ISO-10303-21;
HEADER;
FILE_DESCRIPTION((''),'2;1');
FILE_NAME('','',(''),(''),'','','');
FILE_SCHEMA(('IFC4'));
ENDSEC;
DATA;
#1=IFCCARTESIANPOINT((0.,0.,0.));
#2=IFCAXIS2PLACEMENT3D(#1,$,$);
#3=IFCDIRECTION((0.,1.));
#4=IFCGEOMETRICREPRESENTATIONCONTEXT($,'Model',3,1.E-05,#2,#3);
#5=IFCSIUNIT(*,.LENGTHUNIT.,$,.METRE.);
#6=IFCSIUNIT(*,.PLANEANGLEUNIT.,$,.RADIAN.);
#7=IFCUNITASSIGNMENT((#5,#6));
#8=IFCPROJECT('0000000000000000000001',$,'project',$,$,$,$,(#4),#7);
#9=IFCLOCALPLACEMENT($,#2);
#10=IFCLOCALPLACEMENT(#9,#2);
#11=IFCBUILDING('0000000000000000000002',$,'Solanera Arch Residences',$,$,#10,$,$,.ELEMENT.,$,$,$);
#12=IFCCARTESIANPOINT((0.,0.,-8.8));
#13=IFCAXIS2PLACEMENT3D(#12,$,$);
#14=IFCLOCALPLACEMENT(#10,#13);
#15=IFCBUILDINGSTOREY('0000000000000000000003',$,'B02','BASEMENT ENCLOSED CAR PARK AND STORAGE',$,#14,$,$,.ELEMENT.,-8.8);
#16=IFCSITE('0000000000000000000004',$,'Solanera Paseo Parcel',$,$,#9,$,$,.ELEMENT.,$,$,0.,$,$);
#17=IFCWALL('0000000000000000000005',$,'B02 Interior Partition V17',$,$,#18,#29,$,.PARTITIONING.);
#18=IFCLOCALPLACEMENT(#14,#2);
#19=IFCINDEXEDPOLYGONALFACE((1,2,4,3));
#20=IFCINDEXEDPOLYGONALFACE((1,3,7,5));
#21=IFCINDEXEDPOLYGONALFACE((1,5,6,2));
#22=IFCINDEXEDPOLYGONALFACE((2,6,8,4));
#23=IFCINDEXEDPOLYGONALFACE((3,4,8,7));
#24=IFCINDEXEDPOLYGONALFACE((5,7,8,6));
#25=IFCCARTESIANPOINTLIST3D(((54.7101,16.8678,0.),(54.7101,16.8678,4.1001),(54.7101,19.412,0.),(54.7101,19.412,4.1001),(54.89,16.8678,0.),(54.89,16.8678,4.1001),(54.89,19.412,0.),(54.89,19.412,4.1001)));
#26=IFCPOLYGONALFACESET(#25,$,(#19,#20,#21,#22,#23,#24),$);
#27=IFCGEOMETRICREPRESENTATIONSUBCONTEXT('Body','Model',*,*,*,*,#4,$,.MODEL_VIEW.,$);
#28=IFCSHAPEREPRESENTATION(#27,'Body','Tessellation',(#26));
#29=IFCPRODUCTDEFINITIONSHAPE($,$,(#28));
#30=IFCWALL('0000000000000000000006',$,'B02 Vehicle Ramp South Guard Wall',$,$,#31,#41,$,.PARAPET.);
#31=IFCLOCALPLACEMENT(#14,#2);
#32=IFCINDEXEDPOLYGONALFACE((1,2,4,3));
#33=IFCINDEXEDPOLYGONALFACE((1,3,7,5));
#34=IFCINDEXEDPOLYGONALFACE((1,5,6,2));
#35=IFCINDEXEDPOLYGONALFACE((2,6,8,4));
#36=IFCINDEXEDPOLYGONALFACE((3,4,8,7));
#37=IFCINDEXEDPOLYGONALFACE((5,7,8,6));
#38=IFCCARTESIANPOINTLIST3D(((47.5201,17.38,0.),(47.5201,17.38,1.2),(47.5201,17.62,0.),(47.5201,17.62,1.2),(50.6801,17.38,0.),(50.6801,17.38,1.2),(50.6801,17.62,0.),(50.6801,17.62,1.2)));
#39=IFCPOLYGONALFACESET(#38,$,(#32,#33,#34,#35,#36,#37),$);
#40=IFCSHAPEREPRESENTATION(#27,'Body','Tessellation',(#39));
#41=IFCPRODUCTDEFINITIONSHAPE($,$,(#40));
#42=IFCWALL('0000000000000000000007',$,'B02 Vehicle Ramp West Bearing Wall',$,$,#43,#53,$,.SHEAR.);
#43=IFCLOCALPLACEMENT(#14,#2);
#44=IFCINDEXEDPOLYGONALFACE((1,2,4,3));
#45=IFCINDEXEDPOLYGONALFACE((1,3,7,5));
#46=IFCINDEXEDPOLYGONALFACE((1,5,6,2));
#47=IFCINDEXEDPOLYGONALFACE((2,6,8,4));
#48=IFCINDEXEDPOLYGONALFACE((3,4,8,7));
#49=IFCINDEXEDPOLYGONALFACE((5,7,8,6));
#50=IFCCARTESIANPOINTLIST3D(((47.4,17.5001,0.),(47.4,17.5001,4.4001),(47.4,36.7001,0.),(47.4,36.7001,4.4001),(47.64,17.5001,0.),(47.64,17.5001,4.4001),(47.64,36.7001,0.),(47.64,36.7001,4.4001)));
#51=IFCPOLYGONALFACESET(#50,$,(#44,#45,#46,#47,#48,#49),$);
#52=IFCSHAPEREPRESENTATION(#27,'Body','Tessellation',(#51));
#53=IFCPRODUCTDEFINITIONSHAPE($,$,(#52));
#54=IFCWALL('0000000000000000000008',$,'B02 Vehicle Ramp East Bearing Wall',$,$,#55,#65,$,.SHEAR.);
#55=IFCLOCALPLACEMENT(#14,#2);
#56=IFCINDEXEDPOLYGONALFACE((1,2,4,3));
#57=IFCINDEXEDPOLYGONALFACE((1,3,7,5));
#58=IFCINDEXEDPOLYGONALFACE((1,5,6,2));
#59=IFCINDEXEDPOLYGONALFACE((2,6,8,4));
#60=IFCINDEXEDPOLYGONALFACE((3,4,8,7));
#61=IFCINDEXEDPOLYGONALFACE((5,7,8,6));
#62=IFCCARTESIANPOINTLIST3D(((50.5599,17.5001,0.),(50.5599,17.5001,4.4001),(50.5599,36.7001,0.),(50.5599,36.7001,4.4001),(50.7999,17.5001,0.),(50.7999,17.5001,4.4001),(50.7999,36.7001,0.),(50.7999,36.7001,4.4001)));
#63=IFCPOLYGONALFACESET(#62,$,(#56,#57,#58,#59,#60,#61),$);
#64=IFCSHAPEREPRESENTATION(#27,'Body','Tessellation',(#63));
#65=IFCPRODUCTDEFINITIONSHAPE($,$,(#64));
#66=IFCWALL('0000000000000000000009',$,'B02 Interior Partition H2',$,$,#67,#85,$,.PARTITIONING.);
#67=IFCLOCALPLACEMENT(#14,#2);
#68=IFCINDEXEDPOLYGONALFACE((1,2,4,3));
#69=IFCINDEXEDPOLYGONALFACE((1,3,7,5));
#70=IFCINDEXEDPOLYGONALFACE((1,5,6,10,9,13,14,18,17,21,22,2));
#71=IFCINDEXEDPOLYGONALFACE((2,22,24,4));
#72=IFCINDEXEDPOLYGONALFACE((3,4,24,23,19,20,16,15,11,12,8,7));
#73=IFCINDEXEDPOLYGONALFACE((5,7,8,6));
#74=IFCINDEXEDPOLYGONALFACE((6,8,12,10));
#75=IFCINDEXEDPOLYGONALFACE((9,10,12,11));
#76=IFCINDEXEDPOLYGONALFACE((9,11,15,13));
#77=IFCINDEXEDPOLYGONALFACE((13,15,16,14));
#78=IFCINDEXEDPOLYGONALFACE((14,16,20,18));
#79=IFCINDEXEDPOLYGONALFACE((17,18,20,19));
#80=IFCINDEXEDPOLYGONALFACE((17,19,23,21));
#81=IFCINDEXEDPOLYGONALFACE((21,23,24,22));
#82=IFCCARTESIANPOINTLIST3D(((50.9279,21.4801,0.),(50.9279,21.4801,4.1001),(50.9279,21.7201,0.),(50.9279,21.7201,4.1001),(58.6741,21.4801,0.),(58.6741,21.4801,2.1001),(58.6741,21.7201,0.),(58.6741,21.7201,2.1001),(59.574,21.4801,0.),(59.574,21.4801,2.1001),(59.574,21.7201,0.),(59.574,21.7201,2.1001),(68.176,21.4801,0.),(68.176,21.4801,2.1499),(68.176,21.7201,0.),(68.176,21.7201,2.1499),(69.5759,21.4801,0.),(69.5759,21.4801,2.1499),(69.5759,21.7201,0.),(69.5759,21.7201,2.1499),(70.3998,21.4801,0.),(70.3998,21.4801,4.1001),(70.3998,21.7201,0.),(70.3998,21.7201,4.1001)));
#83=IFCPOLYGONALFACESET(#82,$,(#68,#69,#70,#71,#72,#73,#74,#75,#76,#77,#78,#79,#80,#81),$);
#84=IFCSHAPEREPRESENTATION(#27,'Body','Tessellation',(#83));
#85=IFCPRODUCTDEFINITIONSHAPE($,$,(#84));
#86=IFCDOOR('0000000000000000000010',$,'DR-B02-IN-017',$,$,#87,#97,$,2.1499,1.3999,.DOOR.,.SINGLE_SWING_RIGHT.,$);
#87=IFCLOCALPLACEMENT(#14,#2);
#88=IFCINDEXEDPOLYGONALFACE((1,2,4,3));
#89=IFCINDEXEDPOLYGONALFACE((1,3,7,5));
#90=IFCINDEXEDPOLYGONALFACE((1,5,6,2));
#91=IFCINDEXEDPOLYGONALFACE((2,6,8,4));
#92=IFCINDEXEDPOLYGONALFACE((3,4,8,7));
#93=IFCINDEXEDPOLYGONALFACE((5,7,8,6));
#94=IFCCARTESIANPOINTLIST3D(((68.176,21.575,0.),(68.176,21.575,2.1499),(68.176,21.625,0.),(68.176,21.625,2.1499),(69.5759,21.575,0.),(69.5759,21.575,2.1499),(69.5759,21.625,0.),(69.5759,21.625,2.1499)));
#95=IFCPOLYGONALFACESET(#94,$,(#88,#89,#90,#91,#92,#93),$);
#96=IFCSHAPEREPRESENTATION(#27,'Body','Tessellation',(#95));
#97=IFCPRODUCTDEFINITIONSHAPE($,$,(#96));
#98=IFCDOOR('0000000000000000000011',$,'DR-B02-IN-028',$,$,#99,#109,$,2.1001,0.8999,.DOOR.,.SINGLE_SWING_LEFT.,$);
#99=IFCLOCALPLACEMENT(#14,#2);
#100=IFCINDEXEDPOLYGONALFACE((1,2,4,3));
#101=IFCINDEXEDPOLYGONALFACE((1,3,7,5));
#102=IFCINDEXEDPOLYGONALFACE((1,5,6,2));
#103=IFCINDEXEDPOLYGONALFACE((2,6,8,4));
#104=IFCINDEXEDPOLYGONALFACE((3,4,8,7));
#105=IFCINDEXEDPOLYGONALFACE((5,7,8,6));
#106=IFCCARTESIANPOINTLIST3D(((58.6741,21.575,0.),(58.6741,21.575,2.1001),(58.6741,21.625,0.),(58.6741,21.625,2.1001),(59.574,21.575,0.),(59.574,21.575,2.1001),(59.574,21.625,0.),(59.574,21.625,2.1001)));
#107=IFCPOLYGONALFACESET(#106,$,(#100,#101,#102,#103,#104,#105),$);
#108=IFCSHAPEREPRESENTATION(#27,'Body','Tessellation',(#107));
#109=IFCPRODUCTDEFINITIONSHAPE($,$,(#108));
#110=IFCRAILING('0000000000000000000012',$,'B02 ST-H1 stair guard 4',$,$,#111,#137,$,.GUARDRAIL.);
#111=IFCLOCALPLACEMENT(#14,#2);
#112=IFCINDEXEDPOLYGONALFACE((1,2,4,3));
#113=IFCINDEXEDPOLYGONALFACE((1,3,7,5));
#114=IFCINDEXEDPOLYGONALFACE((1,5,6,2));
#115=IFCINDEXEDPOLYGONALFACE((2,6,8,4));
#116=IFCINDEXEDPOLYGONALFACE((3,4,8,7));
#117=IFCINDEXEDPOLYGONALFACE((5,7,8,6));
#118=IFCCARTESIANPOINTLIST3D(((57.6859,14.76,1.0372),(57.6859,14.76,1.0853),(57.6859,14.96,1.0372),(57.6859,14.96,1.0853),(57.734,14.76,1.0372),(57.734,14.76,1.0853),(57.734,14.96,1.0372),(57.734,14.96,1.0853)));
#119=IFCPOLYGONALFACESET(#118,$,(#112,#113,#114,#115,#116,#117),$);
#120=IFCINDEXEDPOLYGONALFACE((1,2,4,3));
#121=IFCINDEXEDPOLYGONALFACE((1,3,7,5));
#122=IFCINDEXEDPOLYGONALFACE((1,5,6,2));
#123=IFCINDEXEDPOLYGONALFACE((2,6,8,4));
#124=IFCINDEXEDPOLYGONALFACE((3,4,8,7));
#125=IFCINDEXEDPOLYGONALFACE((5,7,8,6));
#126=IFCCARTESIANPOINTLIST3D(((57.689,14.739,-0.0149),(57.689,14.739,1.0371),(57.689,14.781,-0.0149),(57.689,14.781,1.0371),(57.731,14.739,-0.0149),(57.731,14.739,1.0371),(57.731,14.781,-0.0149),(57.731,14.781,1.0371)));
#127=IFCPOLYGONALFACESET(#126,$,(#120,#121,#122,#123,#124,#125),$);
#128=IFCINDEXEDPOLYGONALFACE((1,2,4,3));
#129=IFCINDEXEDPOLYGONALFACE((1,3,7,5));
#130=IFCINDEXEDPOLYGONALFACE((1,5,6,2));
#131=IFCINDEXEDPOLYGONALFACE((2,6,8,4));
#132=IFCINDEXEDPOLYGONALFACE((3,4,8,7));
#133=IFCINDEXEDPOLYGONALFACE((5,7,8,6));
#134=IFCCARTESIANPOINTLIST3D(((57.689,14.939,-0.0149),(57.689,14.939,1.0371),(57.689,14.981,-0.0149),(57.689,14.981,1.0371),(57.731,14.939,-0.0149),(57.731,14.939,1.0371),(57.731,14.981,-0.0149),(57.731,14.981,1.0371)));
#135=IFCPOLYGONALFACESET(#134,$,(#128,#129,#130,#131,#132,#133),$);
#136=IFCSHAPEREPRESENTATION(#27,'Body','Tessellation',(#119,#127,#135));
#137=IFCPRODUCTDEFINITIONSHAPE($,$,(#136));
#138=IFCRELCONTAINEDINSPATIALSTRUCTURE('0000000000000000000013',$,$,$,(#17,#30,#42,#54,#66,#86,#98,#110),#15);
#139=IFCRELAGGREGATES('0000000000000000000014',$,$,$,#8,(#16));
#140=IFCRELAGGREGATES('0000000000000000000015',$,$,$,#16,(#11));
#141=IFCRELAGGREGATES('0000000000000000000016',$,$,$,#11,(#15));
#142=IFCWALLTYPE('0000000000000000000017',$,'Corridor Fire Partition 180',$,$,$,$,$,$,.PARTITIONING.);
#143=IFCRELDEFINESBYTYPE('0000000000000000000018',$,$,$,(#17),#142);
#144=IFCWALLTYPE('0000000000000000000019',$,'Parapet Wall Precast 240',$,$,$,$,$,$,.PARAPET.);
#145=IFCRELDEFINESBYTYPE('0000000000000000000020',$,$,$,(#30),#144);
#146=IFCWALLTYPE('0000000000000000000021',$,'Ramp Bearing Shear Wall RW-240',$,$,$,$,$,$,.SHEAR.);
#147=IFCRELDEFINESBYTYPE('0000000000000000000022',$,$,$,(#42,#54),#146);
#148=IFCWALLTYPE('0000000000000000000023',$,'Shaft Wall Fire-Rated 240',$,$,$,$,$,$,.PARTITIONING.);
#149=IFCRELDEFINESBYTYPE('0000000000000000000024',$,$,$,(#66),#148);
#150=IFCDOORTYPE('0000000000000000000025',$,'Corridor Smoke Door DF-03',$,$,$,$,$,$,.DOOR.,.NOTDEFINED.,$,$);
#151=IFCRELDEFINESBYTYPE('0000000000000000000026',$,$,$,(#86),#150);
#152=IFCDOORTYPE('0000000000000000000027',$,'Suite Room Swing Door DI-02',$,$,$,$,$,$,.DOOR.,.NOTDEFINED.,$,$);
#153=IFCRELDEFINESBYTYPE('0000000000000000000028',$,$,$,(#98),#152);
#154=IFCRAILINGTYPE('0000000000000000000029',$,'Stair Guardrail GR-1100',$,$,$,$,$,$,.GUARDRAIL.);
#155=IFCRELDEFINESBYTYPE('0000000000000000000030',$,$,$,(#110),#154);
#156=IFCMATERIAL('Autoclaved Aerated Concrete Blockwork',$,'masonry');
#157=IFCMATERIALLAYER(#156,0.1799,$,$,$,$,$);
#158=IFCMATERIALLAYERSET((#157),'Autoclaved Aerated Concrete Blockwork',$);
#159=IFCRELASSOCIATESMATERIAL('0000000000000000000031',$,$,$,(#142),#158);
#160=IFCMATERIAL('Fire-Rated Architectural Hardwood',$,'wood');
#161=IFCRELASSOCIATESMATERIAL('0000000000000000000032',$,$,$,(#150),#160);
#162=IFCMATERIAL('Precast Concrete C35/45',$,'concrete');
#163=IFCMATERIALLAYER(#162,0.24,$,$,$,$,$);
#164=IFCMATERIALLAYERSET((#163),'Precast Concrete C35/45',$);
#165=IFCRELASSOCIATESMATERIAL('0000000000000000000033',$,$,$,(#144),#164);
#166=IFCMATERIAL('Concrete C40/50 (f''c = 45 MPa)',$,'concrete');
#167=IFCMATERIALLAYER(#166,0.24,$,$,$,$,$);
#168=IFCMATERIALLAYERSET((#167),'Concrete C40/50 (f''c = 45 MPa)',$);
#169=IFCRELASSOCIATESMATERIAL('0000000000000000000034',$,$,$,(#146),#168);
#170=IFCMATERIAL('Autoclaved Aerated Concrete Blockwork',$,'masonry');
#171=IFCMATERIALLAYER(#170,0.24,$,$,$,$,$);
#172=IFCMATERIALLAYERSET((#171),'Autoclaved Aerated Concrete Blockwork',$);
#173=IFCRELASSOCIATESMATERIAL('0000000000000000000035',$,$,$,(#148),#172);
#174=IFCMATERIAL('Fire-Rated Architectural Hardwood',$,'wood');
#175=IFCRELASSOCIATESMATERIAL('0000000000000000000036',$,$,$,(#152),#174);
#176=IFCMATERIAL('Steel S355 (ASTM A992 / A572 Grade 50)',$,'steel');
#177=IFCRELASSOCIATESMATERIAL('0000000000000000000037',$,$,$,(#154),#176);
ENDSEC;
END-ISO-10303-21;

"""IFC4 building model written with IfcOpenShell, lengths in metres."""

from ifc_helpers import new_model, si_unit, direction, frame, frame_2d, origin, origin_2d, place, context, subcontext, project, spatial, rectangle, extrude, material, layer, layer_set, type_object, element, fill, save


model = new_model("IFC4")

# Units and contexts
model_context = context("Model", 3, precision=1e-05, world=origin(), true_north=direction((0.0, 1.0)))
body_context = subcontext(model_context, "Body", "Model", "MODEL_VIEW")
ifc_project = project(units=[si_unit("LENGTHUNIT", "METRE"), si_unit("PLANEANGLEUNIT", "RADIAN")], contexts=[model_context])

# Site, building, storey
site_placement = place(None, origin())
site = spatial("IfcSite", under=ifc_project, at=site_placement, Name="Solanera Paseo Parcel", CompositionType="ELEMENT", RefElevation=0.0)
building_placement = place(site_placement, origin())
building = spatial("IfcBuilding", under=site, at=building_placement, Name="Solanera Arch Residences", CompositionType="ELEMENT")
storey_placement = place(building_placement, frame((0.0, 0.0, -8.8)))
storey = spatial("IfcBuildingStorey", under=building, at=storey_placement, Name="B02", Description="BASEMENT ENCLOSED CAR PARK AND STORAGE", CompositionType="ELEMENT", Elevation=-8.8)

# Shared definitions
ifc_material_1 = material(Name="Autoclaved Aerated Concrete Blockwork", Category="masonry")
ifc_layer_1 = layer(ifc_material_1, 0.1799)
ifc_layer_set_1 = layer_set([ifc_layer_1], Name="Autoclaved Aerated Concrete Blockwork")
wall_type_1 = type_object("IfcWallType", Name="Corridor Fire Partition 180", PredefinedType="PARTITIONING", material=ifc_layer_set_1)

# Shared definitions
ifc_material_2 = material(Name="Fire-Rated Architectural Hardwood", Category="wood")
door_type_1 = type_object("IfcDoorType", Name="Corridor Smoke Door DF-03", OperationType="NOTDEFINED", PredefinedType="DOOR", material=ifc_material_2)

# Walls
wall_1_placement = place(storey_placement, frame((54.8, 16.8679, 0.0), z_axis=(0.0, 0.0, 1.0), x_axis=(0.0, 1.0, 0.0)))
element("IfcWall", 1, at=wall_1_placement, inside=storey, type_object=wall_type_1, Name="B02 Interior Partition V17", PredefinedType="PARTITIONING", context=body_context, shape_type="SweptSolid", body=[
    extrude(rectangle(XDim=2.5442, YDim=0.1799, at=frame_2d((1.272, 0.0))), origin(), (0.0, 0.0, 1.0), 4.1001),
])
ifc_material_3 = material(Name="Precast Concrete C35/45", Category="concrete")
ifc_layer_2 = layer(ifc_material_3, 0.24)
ifc_layer_set_2 = layer_set([ifc_layer_2], Name="Precast Concrete C35/45")
wall_type_2 = type_object("IfcWallType", Name="Parapet Wall Precast 240", PredefinedType="PARAPET", material=ifc_layer_set_2)
wall_2_placement = place(storey_placement, frame((47.52, 17.5, 0.0), z_axis=(0.0, 0.0, 1.0), x_axis=(1.0, 0.0, 0.0)))
element("IfcWall", 2, at=wall_2_placement, inside=storey, type_object=wall_type_2, Name="B02 Vehicle Ramp South Guard Wall", PredefinedType="PARAPET", context=body_context, shape_type="SweptSolid", body=[
    extrude(rectangle(XDim=3.1599, YDim=0.24, at=frame_2d((1.5801, 0.0))), origin(), (0.0, 0.0, 1.0), 1.2),
])
ifc_material_4 = material(Name="Concrete C40/50 (f'c = 45 MPa)", Category="concrete")
ifc_layer_3 = layer(ifc_material_4, 0.24)
ifc_layer_set_3 = layer_set([ifc_layer_3], Name="Concrete C40/50 (f'c = 45 MPa)")
wall_type_3 = type_object("IfcWallType", Name="Ramp Bearing Shear Wall RW-240", PredefinedType="SHEAR", material=ifc_layer_set_3)
for number, where, z_axis, x_axis, name in (
    (3, (47.52, 17.5, 0.0), (0.0, 0.0, 1.0), (0.0, 1.0, 0.0), "B02 Vehicle Ramp West Bearing Wall"),
    (4, (50.6799, 17.5, 0.0), (0.0, 0.0, 1.0), (0.0, 1.0, 0.0), "B02 Vehicle Ramp East Bearing Wall"),
):
    element("IfcWall", number, at=place(storey_placement, frame(where, z_axis=z_axis, x_axis=x_axis)), inside=storey, type_object=wall_type_3, Name=name, PredefinedType="SHEAR", context=body_context, shape_type="SweptSolid", body=[
        extrude(rectangle(XDim=19.2, YDim=0.24, at=frame_2d((9.6001, 0.0))), origin(), (0.0, 0.0, 1.0), 4.4001),
    ])

# Wall, openings, doors
ifc_material_5 = material(Name="Autoclaved Aerated Concrete Blockwork", Category="masonry")
ifc_layer_4 = layer(ifc_material_5, 0.24)
ifc_layer_set_4 = layer_set([ifc_layer_4], Name="Autoclaved Aerated Concrete Blockwork")
wall_type_4 = type_object("IfcWallType", Name="Shaft Wall Fire-Rated 240", PredefinedType="PARTITIONING", material=ifc_layer_set_4)
wall_3_placement = place(storey_placement, frame((50.928, 21.6001, 0.0), z_axis=(0.0, 0.0, 1.0), x_axis=(1.0, 0.0, 0.0)))
wall_3 = element("IfcWall", 5, at=wall_3_placement, inside=storey, type_object=wall_type_4, Name="B02 Interior Partition H2", PredefinedType="PARTITIONING", context=body_context, shape_type="SweptSolid", body=[
    extrude(rectangle(XDim=19.4719, YDim=0.24, at=frame_2d((9.7358, 0.0))), origin(), (0.0, 0.0, 1.0), 4.1001),
])
opening_1_placement = place(wall_3_placement, frame((17.248, 0.0, 0.0)))
opening_1 = element("IfcOpeningElement", 6, at=opening_1_placement, cuts=wall_3, PredefinedType="OPENING", context=body_context, shape_type="SweptSolid", body=[
    extrude(rectangle(XDim=1.3999, YDim=2.1499, at=frame_2d((0.7, 1.075))), frame((0.0, 0.1299, 0.0), z_axis=(0.0, -1.0, 0.0), x_axis=(1.0, 0.0, 0.0)), (0.0, 0.0, 1.0), 0.26),
])
opening_2_placement = place(wall_3_placement, frame((7.7461, 0.0, 0.0)))
opening_2 = element("IfcOpeningElement", 7, at=opening_2_placement, cuts=wall_3, PredefinedType="OPENING", context=body_context, shape_type="SweptSolid", body=[
    extrude(rectangle(XDim=0.8999, YDim=2.1001, at=frame_2d((0.45, 1.05))), frame((0.0, 0.1299, 0.0), z_axis=(0.0, -1.0, 0.0), x_axis=(1.0, 0.0, 0.0)), (0.0, 0.0, 1.0), 0.26),
])
door_1_placement = place(opening_1_placement, origin())
door_1 = element("IfcDoor", 8, at=door_1_placement, inside=storey, type_object=door_type_1, Name="DR-B02-IN-017", OperationType="SINGLE_SWING_RIGHT", OverallHeight=2.1499, OverallWidth=1.3999, PredefinedType="DOOR", context=body_context, shape_type="SweptSolid", body=[
    extrude(rectangle(XDim=1.3999, YDim=2.1499, at=frame_2d((0.7, 1.075))), frame((0.0, 0.0249, 0.0), z_axis=(0.0, -1.0, 0.0), x_axis=(1.0, 0.0, 0.0)), (0.0, 0.0, 1.0), 0.05),
])
fill(opening_1, door_1)
ifc_material_6 = material(Name="Fire-Rated Architectural Hardwood", Category="wood")
door_type_2 = type_object("IfcDoorType", Name="Suite Room Swing Door DI-02", OperationType="NOTDEFINED", PredefinedType="DOOR", material=ifc_material_6)
door_2_placement = place(opening_2_placement, origin())
door_2 = element("IfcDoor", 9, at=door_2_placement, inside=storey, type_object=door_type_2, Name="DR-B02-IN-028", OperationType="SINGLE_SWING_LEFT", OverallHeight=2.1001, OverallWidth=0.8999, PredefinedType="DOOR", context=body_context, shape_type="SweptSolid", body=[
    extrude(rectangle(XDim=0.8999, YDim=2.1001, at=frame_2d((0.45, 1.05))), frame((0.0, 0.0249, 0.0), z_axis=(0.0, -1.0, 0.0), x_axis=(1.0, 0.0, 0.0)), (0.0, 0.0, 1.0), 0.05),
])
fill(opening_2, door_2)

# Railing
ifc_material_7 = material(Name="Steel S355 (ASTM A992 / A572 Grade 50)", Category="steel")
railing_type = type_object("IfcRailingType", Name="Stair Guardrail GR-1100", PredefinedType="GUARDRAIL", material=ifc_material_7)
railing_placement = place(storey_placement, frame((57.71, 14.76, -0.0149)))
element("IfcRailing", 10, at=railing_placement, inside=storey, type_object=railing_type, Name="B02 ST-H1 stair guard 4", PredefinedType="GUARDRAIL", context=body_context, shape_type="SweptSolid", body=[
    extrude(rectangle(XDim=0.0481, YDim=0.0481, at=origin_2d()), frame((0.0, 0.0, 1.0762), z_axis=(0.0, 1.0, 0.0), x_axis=(-1.0, 0.0, 0.0)), (0.0, 0.0, 1.0), 0.2),
    extrude(rectangle(XDim=0.042, YDim=0.042, at=origin_2d()), origin(), (0.0, 0.0, 1.0), 1.052),
    extrude(rectangle(XDim=0.042, YDim=0.042, at=origin_2d()), frame((0.0, 0.2, 0.0)), (0.0, 0.0, 1.0), 1.052),
])

save(model, "model.ifc")
